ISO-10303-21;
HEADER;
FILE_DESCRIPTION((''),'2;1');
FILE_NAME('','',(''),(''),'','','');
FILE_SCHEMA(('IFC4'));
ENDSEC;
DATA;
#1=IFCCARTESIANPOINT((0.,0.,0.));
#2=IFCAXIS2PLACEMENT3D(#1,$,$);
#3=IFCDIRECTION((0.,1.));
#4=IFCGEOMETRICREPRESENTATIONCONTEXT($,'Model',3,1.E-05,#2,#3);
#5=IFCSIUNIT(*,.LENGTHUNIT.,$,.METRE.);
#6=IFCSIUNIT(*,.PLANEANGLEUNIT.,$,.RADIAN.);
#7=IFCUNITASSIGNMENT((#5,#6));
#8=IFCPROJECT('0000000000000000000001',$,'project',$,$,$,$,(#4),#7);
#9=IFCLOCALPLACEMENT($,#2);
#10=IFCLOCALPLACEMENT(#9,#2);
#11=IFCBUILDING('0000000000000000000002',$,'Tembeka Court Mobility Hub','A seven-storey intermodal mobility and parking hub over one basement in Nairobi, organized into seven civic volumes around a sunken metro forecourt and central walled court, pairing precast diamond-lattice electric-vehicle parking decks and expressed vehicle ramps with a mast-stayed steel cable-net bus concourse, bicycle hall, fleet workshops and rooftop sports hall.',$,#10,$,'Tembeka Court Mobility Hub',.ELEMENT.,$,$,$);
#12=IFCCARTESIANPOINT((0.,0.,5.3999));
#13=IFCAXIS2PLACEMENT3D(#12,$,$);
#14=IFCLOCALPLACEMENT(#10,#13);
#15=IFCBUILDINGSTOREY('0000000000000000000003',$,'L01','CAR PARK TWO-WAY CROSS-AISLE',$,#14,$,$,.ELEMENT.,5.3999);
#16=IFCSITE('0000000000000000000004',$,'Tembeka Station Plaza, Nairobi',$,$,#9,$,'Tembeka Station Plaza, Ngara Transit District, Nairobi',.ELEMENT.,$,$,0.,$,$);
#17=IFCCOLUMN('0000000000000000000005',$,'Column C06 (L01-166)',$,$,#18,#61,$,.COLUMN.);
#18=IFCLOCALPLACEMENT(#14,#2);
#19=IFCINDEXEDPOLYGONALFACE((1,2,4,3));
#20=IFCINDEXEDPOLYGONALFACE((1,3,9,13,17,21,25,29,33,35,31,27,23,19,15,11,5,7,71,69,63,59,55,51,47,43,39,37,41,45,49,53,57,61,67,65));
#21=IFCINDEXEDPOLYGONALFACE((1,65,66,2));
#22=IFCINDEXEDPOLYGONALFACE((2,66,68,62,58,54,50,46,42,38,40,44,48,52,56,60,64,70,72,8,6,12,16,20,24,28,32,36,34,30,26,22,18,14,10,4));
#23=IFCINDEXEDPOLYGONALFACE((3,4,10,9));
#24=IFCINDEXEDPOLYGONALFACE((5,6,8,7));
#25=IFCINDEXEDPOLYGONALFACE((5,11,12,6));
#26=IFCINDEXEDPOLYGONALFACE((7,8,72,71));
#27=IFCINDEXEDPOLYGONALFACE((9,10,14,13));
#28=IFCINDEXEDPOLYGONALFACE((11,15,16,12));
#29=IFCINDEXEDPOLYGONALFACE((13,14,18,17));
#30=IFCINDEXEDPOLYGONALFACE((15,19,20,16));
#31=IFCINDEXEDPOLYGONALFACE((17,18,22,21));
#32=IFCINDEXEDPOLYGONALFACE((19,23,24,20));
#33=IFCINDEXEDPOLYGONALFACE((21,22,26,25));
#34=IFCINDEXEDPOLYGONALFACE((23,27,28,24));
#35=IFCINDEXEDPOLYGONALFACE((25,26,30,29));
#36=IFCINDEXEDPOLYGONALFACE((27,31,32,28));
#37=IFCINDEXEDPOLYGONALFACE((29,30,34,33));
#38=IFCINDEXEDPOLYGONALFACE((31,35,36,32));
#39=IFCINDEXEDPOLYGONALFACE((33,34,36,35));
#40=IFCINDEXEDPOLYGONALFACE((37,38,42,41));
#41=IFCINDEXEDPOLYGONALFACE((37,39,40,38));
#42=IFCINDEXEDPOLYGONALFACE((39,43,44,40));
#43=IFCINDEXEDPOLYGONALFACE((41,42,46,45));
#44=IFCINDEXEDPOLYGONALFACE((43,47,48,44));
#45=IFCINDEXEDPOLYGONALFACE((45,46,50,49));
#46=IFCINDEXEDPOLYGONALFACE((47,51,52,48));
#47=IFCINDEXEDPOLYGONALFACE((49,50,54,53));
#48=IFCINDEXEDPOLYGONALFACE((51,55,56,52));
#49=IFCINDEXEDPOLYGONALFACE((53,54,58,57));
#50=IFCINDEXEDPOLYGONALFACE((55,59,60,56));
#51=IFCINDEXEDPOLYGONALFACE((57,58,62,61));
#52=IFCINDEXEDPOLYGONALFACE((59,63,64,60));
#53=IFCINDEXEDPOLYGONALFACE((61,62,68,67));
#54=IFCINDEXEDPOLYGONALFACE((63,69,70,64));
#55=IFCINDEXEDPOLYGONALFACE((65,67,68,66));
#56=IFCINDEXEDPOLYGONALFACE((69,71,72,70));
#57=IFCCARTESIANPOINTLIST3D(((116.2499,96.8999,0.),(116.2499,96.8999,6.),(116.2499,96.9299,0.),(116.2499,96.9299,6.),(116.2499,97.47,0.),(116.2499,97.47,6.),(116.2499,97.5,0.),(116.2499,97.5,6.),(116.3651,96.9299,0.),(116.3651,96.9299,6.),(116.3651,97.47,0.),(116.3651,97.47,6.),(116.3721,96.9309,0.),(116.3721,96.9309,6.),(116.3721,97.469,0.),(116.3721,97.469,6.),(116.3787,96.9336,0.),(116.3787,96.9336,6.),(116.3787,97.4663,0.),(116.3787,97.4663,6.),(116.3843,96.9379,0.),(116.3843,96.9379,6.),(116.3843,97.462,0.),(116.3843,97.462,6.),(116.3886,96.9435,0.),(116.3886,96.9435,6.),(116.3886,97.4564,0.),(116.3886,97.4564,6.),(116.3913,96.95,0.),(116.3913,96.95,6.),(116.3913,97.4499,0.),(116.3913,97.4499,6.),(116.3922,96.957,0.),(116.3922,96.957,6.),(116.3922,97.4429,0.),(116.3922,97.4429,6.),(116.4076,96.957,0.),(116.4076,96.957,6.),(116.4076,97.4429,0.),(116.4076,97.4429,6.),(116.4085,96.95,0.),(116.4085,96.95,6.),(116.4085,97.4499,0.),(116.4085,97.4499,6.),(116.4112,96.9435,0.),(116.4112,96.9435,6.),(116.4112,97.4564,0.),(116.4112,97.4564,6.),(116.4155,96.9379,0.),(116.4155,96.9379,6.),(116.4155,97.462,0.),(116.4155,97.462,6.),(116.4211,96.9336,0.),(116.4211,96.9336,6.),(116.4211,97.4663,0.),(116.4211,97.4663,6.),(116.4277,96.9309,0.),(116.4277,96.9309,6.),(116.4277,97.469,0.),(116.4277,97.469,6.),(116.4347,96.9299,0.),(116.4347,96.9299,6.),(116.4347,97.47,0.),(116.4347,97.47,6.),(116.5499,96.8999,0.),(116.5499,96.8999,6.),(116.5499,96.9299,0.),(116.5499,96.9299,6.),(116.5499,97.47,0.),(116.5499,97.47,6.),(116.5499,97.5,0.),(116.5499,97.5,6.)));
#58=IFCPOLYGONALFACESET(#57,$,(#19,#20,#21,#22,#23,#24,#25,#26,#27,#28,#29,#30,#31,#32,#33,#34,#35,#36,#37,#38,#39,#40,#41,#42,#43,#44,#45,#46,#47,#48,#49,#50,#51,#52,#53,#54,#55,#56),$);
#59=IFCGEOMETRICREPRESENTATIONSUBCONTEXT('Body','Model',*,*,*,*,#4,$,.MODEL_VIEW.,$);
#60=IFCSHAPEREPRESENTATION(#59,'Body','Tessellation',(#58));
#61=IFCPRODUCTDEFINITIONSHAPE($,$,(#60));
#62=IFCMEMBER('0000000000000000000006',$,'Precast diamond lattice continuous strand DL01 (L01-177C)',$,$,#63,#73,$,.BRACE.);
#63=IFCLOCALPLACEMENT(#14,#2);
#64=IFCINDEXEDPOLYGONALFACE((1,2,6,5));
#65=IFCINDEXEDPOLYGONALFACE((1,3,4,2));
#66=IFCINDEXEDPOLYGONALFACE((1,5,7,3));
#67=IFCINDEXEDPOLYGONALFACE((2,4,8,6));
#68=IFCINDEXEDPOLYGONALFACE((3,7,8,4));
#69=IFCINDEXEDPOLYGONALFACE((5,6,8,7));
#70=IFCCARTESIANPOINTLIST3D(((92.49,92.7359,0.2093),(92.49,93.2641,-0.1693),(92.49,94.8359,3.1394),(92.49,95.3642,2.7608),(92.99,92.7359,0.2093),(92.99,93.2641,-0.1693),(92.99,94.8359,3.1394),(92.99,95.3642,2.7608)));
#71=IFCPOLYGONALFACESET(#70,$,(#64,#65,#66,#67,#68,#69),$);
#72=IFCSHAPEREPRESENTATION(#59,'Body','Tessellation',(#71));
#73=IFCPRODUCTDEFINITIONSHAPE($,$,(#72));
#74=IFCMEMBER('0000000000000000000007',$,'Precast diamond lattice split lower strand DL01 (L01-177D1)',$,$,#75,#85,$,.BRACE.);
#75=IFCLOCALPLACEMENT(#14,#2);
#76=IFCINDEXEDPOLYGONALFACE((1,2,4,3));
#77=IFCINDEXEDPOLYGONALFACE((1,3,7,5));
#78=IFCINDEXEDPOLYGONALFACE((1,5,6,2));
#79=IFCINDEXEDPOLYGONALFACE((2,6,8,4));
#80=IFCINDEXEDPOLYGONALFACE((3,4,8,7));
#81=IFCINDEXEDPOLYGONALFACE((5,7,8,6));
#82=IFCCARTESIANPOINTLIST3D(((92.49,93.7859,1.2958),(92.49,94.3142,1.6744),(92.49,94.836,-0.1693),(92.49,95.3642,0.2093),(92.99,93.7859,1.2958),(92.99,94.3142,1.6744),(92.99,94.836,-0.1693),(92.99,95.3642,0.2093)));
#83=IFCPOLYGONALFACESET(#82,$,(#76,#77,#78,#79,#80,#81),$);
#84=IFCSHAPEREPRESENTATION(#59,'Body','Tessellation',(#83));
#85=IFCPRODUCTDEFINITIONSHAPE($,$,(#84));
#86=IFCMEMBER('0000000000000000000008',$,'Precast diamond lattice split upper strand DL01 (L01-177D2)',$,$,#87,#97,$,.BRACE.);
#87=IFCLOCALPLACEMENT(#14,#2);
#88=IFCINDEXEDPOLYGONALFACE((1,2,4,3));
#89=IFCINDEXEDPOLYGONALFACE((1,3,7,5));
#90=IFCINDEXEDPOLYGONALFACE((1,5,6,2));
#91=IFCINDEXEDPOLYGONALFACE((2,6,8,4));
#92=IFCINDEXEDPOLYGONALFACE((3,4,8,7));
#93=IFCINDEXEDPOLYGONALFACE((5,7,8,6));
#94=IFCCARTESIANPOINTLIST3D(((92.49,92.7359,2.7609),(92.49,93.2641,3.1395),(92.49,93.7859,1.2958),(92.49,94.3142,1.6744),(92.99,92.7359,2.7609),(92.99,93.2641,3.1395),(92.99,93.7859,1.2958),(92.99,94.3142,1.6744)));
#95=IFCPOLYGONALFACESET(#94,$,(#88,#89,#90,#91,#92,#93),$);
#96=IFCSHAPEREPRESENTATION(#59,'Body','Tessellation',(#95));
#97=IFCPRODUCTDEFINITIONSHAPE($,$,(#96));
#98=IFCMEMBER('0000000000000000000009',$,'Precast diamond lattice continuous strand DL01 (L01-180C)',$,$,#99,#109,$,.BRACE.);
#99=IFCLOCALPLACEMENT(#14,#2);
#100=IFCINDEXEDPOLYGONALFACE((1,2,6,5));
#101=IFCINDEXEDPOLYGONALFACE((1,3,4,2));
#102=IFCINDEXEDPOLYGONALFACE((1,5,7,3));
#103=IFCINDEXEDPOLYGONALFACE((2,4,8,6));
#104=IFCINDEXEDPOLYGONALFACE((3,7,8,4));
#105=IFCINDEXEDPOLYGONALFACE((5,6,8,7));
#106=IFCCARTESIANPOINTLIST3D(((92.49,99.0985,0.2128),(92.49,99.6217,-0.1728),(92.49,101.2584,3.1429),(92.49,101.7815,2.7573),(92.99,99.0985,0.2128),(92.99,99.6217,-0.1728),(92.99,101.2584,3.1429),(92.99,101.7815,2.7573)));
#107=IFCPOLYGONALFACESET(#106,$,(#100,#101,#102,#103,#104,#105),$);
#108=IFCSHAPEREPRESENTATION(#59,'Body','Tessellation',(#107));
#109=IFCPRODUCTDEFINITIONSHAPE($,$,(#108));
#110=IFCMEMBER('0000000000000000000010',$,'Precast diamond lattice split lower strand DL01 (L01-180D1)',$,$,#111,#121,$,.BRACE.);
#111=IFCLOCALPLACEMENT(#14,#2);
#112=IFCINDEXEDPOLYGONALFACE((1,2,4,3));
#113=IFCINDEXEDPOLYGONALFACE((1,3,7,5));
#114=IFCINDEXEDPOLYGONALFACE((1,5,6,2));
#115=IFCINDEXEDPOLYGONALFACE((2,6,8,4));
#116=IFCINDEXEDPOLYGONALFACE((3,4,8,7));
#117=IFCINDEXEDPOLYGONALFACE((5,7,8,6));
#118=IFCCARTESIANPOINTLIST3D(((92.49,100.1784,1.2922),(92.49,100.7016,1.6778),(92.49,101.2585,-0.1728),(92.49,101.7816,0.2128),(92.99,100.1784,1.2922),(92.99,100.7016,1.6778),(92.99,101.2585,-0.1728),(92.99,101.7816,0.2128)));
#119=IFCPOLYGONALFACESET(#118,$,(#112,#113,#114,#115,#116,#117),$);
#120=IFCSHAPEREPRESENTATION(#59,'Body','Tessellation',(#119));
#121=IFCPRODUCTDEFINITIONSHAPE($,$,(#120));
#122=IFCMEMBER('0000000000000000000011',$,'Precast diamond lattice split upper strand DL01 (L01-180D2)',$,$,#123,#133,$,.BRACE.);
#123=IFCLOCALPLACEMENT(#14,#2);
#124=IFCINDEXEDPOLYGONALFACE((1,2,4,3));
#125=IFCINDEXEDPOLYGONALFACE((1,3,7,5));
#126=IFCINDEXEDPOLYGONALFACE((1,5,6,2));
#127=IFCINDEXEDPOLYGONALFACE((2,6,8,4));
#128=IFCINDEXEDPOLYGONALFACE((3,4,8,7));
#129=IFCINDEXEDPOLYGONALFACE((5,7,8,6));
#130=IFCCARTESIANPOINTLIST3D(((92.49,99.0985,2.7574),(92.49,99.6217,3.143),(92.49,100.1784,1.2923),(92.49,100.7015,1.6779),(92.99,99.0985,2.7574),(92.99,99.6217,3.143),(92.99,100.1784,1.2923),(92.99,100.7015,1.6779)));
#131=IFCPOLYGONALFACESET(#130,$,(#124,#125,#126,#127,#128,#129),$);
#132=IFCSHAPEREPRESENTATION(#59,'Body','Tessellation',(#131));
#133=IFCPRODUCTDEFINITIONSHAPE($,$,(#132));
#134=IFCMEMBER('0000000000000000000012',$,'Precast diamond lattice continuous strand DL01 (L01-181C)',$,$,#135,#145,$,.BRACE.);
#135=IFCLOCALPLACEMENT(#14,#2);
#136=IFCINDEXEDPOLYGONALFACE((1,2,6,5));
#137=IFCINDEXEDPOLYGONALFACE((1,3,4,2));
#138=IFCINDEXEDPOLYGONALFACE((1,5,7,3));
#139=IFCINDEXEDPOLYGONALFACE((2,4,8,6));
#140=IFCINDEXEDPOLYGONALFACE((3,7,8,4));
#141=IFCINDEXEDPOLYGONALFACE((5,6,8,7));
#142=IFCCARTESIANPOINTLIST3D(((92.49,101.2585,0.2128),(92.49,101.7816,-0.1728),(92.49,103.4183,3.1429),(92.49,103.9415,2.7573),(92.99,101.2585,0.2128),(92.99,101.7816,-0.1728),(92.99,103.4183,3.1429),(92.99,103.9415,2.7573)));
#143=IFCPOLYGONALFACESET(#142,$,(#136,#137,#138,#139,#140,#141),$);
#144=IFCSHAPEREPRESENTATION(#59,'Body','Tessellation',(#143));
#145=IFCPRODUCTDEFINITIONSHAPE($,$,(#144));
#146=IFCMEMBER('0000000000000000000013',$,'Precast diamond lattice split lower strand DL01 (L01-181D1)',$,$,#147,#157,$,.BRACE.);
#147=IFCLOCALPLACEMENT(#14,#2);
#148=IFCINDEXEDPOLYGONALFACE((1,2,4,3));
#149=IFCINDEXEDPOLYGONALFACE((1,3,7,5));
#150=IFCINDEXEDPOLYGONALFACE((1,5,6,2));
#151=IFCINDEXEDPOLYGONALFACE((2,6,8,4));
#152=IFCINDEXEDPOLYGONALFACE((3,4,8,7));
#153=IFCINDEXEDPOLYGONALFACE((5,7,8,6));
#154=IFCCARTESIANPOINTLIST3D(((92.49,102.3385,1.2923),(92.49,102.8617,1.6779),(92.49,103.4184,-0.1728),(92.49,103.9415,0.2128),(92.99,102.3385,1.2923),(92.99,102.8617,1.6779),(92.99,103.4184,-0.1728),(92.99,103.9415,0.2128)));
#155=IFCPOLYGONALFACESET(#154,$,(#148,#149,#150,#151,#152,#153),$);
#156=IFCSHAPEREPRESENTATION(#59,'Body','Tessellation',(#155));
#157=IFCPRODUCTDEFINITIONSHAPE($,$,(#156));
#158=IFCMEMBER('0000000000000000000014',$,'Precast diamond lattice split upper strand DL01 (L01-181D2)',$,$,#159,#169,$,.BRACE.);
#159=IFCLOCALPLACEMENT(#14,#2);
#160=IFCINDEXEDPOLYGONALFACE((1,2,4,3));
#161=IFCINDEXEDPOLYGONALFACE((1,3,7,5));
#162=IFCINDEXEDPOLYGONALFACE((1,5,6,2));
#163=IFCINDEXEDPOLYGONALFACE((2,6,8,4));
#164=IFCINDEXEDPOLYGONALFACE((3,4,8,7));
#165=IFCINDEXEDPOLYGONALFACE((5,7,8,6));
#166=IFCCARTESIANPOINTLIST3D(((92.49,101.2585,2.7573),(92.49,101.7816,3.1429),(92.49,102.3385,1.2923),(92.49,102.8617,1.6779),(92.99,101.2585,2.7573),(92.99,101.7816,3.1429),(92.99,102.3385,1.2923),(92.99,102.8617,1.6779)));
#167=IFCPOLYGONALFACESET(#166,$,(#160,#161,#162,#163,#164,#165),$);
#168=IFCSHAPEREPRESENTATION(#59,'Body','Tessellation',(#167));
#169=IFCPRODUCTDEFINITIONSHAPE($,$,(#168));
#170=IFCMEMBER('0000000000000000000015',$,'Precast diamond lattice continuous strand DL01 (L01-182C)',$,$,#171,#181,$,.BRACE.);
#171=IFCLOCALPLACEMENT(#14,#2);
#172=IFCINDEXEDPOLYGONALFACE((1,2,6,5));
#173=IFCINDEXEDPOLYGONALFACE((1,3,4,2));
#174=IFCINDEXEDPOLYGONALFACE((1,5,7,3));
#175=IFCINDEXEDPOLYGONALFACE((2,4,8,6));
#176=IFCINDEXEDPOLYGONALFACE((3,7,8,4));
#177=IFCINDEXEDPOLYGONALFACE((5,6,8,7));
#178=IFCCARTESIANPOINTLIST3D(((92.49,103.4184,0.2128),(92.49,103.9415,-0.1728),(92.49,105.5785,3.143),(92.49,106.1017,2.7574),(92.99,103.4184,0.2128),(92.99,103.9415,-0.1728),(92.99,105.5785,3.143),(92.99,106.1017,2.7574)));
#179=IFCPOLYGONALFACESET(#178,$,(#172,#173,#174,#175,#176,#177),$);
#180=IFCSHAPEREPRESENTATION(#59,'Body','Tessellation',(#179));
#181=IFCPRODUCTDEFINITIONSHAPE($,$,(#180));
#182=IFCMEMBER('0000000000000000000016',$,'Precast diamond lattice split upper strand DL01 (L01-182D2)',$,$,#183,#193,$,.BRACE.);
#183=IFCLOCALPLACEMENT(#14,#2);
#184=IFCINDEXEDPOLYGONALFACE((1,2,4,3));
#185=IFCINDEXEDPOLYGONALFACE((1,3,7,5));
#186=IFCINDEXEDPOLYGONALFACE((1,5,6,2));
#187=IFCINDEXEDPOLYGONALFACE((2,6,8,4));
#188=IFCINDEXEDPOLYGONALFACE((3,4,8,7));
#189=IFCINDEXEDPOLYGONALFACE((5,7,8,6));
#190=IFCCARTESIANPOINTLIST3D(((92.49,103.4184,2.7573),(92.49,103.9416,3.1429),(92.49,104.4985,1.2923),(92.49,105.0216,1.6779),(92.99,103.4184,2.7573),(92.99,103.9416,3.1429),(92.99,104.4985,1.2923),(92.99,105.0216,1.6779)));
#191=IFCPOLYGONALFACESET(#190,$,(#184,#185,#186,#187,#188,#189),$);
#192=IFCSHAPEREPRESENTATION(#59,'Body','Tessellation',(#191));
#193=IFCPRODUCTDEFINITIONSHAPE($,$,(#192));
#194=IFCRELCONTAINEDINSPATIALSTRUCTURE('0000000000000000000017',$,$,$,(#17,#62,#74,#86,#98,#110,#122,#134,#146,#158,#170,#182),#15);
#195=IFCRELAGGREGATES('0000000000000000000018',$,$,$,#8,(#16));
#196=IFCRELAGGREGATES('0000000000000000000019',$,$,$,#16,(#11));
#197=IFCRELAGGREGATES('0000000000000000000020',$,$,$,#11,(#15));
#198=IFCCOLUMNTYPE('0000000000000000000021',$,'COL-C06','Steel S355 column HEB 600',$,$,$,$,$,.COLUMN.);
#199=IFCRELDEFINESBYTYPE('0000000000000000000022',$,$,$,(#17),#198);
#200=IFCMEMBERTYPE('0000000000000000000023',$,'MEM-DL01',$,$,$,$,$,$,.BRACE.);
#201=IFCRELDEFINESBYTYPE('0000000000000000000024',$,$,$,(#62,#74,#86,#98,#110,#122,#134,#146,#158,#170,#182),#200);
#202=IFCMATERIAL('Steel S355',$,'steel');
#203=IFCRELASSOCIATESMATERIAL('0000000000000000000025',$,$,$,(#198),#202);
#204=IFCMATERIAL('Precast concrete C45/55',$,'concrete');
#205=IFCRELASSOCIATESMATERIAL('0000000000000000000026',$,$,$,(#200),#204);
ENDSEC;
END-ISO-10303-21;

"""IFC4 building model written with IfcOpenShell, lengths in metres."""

from ifc_helpers import new_model, si_unit, direction, frame, origin, origin_2d, place, context, subcontext, project, spatial, rectangle, i_section, extrude, material, material_profile, profile_set, type_object, element, save


model = new_model("IFC4")

# Units and contexts
model_context = context("Model", 3, precision=1e-05, world=origin(), true_north=direction((0.0, 1.0)))
body_context = subcontext(model_context, "Body", "Model", "MODEL_VIEW")
ifc_project = project(units=[si_unit("LENGTHUNIT", "METRE"), si_unit("PLANEANGLEUNIT", "RADIAN")], contexts=[model_context])

# Site, building, storey
site_placement = place(None, origin())
site = spatial("IfcSite", under=ifc_project, at=site_placement, Name="Tembeka Station Plaza, Nairobi", LongName="Tembeka Station Plaza, Ngara Transit District, Nairobi", CompositionType="ELEMENT", RefElevation=0.0)
building_placement = place(site_placement, origin())
building = spatial("IfcBuilding", under=site, at=building_placement, Name="Tembeka Court Mobility Hub", Description="A seven-storey intermodal mobility and parking hub over one basement in Nairobi, organized into seven civic volumes around a sunken metro forecourt and central walled court, pairing precast diamond-lattice electric-vehicle parking decks and expressed vehicle ramps with a mast-stayed steel cable-net bus concourse, bicycle hall, fleet workshops and rooftop sports hall.", LongName="Tembeka Court Mobility Hub", CompositionType="ELEMENT")
storey_placement = place(building_placement, frame((0.0, 0.0, 5.3999)))
storey = spatial("IfcBuildingStorey", under=building, at=storey_placement, Name="L01", Description="CAR PARK TWO-WAY CROSS-AISLE", CompositionType="ELEMENT", Elevation=5.3999)

# Column
ifc_material_1 = material(Name="Steel S355", Category="steel")
ifc_material_profile_1 = material_profile(ifc_material_1, i_section(OverallWidth=0.3, OverallDepth=0.6001, WebThickness=0.0154, FlangeThickness=0.03, FilletRadius=0.0271, at=origin_2d()), Name="HEB 600")
ifc_profile_set_1 = profile_set([ifc_material_profile_1], Name="Steel S355")
column_type = type_object("IfcColumnType", Name="COL-C06", Description="Steel S355 column HEB 600", PredefinedType="COLUMN", material=ifc_profile_set_1)
column_placement = place(storey_placement, frame((116.3999, 97.2, 0.0), z_axis=(0.0, 0.0, 1.0), x_axis=(1.0, 0.0, 0.0)))
element("IfcColumn", 1, at=column_placement, inside=storey, type_object=column_type, Name="Column C06 (L01-166)", PredefinedType="COLUMN", context=body_context, shape_type="SweptSolid", body=[
    extrude(i_section(OverallWidth=0.3, OverallDepth=0.6001, WebThickness=0.0154, FlangeThickness=0.03, FilletRadius=0.0271, at=origin_2d()), origin(), (0.0, 0.0, 1.0), 6.0),
])

# Members
ifc_material_2 = material(Name="Precast concrete C45/55", Category="concrete")
ifc_material_profile_2 = material_profile(ifc_material_2, rectangle(XDim=0.5, YDim=0.6499, at=origin_2d()), Name="PC-DIAG 500x650")
ifc_profile_set_2 = profile_set([ifc_material_profile_2], Name="Precast concrete C45/55")
member_type_1 = type_object("IfcMemberType", Name="MEM-DL01", PredefinedType="BRACE", material=ifc_profile_set_2)
member_1_placement = place(storey_placement, frame((92.74, 93.0, 0.02), z_axis=(0.0, 0.582544, 0.812799), x_axis=(-1.0, 0.0, 0.0)))
element("IfcMember", 2, at=member_1_placement, inside=storey, type_object=member_type_1, Name="Precast diamond lattice continuous strand DL01 (L01-177C)", PredefinedType="BRACE", context=body_context, shape_type="SweptSolid", body=[
    extrude(rectangle(XDim=0.5, YDim=0.6499, at=origin_2d()), origin(), (0.0, 0.0, 1.0), 3.605),
])
for number, where, z_axis, x_axis, name in (
    (3, (92.74, 95.1001, 0.02), (0.0, -0.582544, 0.812799), (1.0, 0.0, 0.0), "Precast diamond lattice split lower strand DL01 (L01-177D1)"),
    (4, (92.74, 94.05, 1.4851), (0.0, -0.582544, 0.812799), (1.0, 0.0, 0.0), "Precast diamond lattice split upper strand DL01 (L01-177D2)"),
):
    element("IfcMember", number, at=place(storey_placement, frame(where, z_axis=z_axis, x_axis=x_axis)), inside=storey, type_object=member_type_1, Name=name, PredefinedType="BRACE", context=body_context, shape_type="SweptSolid", body=[
        extrude(rectangle(XDim=0.5, YDim=0.6499, at=origin_2d()), origin(), (0.0, 0.0, 1.0), 1.8025),
    ])
member_2_placement = place(storey_placement, frame((92.74, 99.3601, 0.02), z_axis=(0.0, 0.593348, 0.804946), x_axis=(-1.0, 0.0, 0.0)))
element("IfcMember", 5, at=member_2_placement, inside=storey, type_object=member_type_1, Name="Precast diamond lattice continuous strand DL01 (L01-180C)", PredefinedType="BRACE", context=body_context, shape_type="SweptSolid", body=[
    extrude(rectangle(XDim=0.5, YDim=0.6499, at=origin_2d()), origin(), (0.0, 0.0, 1.0), 3.6401),
])
for number, where, z_axis, x_axis, name in (
    (6, (92.74, 101.52, 0.02), (0.0, -0.593391, 0.804914), (1.0, 0.0, 0.0), "Precast diamond lattice split lower strand DL01 (L01-180D1)"),
    (7, (92.74, 100.4399, 1.4851), (0.0, -0.593304, 0.804978), (1.0, 0.0, 0.0), "Precast diamond lattice split upper strand DL01 (L01-180D2)"),
):
    element("IfcMember", number, at=place(storey_placement, frame(where, z_axis=z_axis, x_axis=x_axis)), inside=storey, type_object=member_type_1, Name=name, PredefinedType="BRACE", context=body_context, shape_type="SweptSolid", body=[
        extrude(rectangle(XDim=0.5, YDim=0.6499, at=origin_2d()), origin(), (0.0, 0.0, 1.0), 1.8201),
    ])
member_3_placement = place(storey_placement, frame((92.74, 101.52, 0.02), z_axis=(0.0, 0.593348, 0.804946), x_axis=(-1.0, 0.0, 0.0)))
element("IfcMember", 8, at=member_3_placement, inside=storey, type_object=member_type_1, Name="Precast diamond lattice continuous strand DL01 (L01-181C)", PredefinedType="BRACE", context=body_context, shape_type="SweptSolid", body=[
    extrude(rectangle(XDim=0.5, YDim=0.6499, at=origin_2d()), origin(), (0.0, 0.0, 1.0), 3.6401),
])
for number, where, z_axis, x_axis, name in (
    (9, (92.74, 103.6799, 0.02), (0.0, -0.593304, 0.804978), (1.0, 0.0, 0.0), "Precast diamond lattice split lower strand DL01 (L01-181D1)"),
    (10, (92.74, 102.6001, 1.4851), (0.0, -0.593391, 0.804914), (1.0, 0.0, 0.0), "Precast diamond lattice split upper strand DL01 (L01-181D2)"),
):
    element("IfcMember", number, at=place(storey_placement, frame(where, z_axis=z_axis, x_axis=x_axis)), inside=storey, type_object=member_type_1, Name=name, PredefinedType="BRACE", context=body_context, shape_type="SweptSolid", body=[
        extrude(rectangle(XDim=0.5, YDim=0.6499, at=origin_2d()), origin(), (0.0, 0.0, 1.0), 1.8201),
    ])
member_4_placement = place(storey_placement, frame((92.74, 103.6799, 0.02), z_axis=(0.0, 0.593391, 0.804914), x_axis=(-1.0, 0.0, 0.0)))
element("IfcMember", 11, at=member_4_placement, inside=storey, type_object=member_type_1, Name="Precast diamond lattice continuous strand DL01 (L01-182C)", PredefinedType="BRACE", context=body_context, shape_type="SweptSolid", body=[
    extrude(rectangle(XDim=0.5, YDim=0.6499, at=origin_2d()), origin(), (0.0, 0.0, 1.0), 3.6404),
])
member_5_placement = place(storey_placement, frame((92.74, 104.76, 1.4851), z_axis=(0.0, -0.593391, 0.804914), x_axis=(1.0, 0.0, 0.0)))
element("IfcMember", 12, at=member_5_placement, inside=storey, type_object=member_type_1, Name="Precast diamond lattice split upper strand DL01 (L01-182D2)", PredefinedType="BRACE", context=body_context, shape_type="SweptSolid", body=[
    extrude(rectangle(XDim=0.5, YDim=0.6499, at=origin_2d()), origin(), (0.0, 0.0, 1.0), 1.8201),
])

save(model, "model.ifc")
